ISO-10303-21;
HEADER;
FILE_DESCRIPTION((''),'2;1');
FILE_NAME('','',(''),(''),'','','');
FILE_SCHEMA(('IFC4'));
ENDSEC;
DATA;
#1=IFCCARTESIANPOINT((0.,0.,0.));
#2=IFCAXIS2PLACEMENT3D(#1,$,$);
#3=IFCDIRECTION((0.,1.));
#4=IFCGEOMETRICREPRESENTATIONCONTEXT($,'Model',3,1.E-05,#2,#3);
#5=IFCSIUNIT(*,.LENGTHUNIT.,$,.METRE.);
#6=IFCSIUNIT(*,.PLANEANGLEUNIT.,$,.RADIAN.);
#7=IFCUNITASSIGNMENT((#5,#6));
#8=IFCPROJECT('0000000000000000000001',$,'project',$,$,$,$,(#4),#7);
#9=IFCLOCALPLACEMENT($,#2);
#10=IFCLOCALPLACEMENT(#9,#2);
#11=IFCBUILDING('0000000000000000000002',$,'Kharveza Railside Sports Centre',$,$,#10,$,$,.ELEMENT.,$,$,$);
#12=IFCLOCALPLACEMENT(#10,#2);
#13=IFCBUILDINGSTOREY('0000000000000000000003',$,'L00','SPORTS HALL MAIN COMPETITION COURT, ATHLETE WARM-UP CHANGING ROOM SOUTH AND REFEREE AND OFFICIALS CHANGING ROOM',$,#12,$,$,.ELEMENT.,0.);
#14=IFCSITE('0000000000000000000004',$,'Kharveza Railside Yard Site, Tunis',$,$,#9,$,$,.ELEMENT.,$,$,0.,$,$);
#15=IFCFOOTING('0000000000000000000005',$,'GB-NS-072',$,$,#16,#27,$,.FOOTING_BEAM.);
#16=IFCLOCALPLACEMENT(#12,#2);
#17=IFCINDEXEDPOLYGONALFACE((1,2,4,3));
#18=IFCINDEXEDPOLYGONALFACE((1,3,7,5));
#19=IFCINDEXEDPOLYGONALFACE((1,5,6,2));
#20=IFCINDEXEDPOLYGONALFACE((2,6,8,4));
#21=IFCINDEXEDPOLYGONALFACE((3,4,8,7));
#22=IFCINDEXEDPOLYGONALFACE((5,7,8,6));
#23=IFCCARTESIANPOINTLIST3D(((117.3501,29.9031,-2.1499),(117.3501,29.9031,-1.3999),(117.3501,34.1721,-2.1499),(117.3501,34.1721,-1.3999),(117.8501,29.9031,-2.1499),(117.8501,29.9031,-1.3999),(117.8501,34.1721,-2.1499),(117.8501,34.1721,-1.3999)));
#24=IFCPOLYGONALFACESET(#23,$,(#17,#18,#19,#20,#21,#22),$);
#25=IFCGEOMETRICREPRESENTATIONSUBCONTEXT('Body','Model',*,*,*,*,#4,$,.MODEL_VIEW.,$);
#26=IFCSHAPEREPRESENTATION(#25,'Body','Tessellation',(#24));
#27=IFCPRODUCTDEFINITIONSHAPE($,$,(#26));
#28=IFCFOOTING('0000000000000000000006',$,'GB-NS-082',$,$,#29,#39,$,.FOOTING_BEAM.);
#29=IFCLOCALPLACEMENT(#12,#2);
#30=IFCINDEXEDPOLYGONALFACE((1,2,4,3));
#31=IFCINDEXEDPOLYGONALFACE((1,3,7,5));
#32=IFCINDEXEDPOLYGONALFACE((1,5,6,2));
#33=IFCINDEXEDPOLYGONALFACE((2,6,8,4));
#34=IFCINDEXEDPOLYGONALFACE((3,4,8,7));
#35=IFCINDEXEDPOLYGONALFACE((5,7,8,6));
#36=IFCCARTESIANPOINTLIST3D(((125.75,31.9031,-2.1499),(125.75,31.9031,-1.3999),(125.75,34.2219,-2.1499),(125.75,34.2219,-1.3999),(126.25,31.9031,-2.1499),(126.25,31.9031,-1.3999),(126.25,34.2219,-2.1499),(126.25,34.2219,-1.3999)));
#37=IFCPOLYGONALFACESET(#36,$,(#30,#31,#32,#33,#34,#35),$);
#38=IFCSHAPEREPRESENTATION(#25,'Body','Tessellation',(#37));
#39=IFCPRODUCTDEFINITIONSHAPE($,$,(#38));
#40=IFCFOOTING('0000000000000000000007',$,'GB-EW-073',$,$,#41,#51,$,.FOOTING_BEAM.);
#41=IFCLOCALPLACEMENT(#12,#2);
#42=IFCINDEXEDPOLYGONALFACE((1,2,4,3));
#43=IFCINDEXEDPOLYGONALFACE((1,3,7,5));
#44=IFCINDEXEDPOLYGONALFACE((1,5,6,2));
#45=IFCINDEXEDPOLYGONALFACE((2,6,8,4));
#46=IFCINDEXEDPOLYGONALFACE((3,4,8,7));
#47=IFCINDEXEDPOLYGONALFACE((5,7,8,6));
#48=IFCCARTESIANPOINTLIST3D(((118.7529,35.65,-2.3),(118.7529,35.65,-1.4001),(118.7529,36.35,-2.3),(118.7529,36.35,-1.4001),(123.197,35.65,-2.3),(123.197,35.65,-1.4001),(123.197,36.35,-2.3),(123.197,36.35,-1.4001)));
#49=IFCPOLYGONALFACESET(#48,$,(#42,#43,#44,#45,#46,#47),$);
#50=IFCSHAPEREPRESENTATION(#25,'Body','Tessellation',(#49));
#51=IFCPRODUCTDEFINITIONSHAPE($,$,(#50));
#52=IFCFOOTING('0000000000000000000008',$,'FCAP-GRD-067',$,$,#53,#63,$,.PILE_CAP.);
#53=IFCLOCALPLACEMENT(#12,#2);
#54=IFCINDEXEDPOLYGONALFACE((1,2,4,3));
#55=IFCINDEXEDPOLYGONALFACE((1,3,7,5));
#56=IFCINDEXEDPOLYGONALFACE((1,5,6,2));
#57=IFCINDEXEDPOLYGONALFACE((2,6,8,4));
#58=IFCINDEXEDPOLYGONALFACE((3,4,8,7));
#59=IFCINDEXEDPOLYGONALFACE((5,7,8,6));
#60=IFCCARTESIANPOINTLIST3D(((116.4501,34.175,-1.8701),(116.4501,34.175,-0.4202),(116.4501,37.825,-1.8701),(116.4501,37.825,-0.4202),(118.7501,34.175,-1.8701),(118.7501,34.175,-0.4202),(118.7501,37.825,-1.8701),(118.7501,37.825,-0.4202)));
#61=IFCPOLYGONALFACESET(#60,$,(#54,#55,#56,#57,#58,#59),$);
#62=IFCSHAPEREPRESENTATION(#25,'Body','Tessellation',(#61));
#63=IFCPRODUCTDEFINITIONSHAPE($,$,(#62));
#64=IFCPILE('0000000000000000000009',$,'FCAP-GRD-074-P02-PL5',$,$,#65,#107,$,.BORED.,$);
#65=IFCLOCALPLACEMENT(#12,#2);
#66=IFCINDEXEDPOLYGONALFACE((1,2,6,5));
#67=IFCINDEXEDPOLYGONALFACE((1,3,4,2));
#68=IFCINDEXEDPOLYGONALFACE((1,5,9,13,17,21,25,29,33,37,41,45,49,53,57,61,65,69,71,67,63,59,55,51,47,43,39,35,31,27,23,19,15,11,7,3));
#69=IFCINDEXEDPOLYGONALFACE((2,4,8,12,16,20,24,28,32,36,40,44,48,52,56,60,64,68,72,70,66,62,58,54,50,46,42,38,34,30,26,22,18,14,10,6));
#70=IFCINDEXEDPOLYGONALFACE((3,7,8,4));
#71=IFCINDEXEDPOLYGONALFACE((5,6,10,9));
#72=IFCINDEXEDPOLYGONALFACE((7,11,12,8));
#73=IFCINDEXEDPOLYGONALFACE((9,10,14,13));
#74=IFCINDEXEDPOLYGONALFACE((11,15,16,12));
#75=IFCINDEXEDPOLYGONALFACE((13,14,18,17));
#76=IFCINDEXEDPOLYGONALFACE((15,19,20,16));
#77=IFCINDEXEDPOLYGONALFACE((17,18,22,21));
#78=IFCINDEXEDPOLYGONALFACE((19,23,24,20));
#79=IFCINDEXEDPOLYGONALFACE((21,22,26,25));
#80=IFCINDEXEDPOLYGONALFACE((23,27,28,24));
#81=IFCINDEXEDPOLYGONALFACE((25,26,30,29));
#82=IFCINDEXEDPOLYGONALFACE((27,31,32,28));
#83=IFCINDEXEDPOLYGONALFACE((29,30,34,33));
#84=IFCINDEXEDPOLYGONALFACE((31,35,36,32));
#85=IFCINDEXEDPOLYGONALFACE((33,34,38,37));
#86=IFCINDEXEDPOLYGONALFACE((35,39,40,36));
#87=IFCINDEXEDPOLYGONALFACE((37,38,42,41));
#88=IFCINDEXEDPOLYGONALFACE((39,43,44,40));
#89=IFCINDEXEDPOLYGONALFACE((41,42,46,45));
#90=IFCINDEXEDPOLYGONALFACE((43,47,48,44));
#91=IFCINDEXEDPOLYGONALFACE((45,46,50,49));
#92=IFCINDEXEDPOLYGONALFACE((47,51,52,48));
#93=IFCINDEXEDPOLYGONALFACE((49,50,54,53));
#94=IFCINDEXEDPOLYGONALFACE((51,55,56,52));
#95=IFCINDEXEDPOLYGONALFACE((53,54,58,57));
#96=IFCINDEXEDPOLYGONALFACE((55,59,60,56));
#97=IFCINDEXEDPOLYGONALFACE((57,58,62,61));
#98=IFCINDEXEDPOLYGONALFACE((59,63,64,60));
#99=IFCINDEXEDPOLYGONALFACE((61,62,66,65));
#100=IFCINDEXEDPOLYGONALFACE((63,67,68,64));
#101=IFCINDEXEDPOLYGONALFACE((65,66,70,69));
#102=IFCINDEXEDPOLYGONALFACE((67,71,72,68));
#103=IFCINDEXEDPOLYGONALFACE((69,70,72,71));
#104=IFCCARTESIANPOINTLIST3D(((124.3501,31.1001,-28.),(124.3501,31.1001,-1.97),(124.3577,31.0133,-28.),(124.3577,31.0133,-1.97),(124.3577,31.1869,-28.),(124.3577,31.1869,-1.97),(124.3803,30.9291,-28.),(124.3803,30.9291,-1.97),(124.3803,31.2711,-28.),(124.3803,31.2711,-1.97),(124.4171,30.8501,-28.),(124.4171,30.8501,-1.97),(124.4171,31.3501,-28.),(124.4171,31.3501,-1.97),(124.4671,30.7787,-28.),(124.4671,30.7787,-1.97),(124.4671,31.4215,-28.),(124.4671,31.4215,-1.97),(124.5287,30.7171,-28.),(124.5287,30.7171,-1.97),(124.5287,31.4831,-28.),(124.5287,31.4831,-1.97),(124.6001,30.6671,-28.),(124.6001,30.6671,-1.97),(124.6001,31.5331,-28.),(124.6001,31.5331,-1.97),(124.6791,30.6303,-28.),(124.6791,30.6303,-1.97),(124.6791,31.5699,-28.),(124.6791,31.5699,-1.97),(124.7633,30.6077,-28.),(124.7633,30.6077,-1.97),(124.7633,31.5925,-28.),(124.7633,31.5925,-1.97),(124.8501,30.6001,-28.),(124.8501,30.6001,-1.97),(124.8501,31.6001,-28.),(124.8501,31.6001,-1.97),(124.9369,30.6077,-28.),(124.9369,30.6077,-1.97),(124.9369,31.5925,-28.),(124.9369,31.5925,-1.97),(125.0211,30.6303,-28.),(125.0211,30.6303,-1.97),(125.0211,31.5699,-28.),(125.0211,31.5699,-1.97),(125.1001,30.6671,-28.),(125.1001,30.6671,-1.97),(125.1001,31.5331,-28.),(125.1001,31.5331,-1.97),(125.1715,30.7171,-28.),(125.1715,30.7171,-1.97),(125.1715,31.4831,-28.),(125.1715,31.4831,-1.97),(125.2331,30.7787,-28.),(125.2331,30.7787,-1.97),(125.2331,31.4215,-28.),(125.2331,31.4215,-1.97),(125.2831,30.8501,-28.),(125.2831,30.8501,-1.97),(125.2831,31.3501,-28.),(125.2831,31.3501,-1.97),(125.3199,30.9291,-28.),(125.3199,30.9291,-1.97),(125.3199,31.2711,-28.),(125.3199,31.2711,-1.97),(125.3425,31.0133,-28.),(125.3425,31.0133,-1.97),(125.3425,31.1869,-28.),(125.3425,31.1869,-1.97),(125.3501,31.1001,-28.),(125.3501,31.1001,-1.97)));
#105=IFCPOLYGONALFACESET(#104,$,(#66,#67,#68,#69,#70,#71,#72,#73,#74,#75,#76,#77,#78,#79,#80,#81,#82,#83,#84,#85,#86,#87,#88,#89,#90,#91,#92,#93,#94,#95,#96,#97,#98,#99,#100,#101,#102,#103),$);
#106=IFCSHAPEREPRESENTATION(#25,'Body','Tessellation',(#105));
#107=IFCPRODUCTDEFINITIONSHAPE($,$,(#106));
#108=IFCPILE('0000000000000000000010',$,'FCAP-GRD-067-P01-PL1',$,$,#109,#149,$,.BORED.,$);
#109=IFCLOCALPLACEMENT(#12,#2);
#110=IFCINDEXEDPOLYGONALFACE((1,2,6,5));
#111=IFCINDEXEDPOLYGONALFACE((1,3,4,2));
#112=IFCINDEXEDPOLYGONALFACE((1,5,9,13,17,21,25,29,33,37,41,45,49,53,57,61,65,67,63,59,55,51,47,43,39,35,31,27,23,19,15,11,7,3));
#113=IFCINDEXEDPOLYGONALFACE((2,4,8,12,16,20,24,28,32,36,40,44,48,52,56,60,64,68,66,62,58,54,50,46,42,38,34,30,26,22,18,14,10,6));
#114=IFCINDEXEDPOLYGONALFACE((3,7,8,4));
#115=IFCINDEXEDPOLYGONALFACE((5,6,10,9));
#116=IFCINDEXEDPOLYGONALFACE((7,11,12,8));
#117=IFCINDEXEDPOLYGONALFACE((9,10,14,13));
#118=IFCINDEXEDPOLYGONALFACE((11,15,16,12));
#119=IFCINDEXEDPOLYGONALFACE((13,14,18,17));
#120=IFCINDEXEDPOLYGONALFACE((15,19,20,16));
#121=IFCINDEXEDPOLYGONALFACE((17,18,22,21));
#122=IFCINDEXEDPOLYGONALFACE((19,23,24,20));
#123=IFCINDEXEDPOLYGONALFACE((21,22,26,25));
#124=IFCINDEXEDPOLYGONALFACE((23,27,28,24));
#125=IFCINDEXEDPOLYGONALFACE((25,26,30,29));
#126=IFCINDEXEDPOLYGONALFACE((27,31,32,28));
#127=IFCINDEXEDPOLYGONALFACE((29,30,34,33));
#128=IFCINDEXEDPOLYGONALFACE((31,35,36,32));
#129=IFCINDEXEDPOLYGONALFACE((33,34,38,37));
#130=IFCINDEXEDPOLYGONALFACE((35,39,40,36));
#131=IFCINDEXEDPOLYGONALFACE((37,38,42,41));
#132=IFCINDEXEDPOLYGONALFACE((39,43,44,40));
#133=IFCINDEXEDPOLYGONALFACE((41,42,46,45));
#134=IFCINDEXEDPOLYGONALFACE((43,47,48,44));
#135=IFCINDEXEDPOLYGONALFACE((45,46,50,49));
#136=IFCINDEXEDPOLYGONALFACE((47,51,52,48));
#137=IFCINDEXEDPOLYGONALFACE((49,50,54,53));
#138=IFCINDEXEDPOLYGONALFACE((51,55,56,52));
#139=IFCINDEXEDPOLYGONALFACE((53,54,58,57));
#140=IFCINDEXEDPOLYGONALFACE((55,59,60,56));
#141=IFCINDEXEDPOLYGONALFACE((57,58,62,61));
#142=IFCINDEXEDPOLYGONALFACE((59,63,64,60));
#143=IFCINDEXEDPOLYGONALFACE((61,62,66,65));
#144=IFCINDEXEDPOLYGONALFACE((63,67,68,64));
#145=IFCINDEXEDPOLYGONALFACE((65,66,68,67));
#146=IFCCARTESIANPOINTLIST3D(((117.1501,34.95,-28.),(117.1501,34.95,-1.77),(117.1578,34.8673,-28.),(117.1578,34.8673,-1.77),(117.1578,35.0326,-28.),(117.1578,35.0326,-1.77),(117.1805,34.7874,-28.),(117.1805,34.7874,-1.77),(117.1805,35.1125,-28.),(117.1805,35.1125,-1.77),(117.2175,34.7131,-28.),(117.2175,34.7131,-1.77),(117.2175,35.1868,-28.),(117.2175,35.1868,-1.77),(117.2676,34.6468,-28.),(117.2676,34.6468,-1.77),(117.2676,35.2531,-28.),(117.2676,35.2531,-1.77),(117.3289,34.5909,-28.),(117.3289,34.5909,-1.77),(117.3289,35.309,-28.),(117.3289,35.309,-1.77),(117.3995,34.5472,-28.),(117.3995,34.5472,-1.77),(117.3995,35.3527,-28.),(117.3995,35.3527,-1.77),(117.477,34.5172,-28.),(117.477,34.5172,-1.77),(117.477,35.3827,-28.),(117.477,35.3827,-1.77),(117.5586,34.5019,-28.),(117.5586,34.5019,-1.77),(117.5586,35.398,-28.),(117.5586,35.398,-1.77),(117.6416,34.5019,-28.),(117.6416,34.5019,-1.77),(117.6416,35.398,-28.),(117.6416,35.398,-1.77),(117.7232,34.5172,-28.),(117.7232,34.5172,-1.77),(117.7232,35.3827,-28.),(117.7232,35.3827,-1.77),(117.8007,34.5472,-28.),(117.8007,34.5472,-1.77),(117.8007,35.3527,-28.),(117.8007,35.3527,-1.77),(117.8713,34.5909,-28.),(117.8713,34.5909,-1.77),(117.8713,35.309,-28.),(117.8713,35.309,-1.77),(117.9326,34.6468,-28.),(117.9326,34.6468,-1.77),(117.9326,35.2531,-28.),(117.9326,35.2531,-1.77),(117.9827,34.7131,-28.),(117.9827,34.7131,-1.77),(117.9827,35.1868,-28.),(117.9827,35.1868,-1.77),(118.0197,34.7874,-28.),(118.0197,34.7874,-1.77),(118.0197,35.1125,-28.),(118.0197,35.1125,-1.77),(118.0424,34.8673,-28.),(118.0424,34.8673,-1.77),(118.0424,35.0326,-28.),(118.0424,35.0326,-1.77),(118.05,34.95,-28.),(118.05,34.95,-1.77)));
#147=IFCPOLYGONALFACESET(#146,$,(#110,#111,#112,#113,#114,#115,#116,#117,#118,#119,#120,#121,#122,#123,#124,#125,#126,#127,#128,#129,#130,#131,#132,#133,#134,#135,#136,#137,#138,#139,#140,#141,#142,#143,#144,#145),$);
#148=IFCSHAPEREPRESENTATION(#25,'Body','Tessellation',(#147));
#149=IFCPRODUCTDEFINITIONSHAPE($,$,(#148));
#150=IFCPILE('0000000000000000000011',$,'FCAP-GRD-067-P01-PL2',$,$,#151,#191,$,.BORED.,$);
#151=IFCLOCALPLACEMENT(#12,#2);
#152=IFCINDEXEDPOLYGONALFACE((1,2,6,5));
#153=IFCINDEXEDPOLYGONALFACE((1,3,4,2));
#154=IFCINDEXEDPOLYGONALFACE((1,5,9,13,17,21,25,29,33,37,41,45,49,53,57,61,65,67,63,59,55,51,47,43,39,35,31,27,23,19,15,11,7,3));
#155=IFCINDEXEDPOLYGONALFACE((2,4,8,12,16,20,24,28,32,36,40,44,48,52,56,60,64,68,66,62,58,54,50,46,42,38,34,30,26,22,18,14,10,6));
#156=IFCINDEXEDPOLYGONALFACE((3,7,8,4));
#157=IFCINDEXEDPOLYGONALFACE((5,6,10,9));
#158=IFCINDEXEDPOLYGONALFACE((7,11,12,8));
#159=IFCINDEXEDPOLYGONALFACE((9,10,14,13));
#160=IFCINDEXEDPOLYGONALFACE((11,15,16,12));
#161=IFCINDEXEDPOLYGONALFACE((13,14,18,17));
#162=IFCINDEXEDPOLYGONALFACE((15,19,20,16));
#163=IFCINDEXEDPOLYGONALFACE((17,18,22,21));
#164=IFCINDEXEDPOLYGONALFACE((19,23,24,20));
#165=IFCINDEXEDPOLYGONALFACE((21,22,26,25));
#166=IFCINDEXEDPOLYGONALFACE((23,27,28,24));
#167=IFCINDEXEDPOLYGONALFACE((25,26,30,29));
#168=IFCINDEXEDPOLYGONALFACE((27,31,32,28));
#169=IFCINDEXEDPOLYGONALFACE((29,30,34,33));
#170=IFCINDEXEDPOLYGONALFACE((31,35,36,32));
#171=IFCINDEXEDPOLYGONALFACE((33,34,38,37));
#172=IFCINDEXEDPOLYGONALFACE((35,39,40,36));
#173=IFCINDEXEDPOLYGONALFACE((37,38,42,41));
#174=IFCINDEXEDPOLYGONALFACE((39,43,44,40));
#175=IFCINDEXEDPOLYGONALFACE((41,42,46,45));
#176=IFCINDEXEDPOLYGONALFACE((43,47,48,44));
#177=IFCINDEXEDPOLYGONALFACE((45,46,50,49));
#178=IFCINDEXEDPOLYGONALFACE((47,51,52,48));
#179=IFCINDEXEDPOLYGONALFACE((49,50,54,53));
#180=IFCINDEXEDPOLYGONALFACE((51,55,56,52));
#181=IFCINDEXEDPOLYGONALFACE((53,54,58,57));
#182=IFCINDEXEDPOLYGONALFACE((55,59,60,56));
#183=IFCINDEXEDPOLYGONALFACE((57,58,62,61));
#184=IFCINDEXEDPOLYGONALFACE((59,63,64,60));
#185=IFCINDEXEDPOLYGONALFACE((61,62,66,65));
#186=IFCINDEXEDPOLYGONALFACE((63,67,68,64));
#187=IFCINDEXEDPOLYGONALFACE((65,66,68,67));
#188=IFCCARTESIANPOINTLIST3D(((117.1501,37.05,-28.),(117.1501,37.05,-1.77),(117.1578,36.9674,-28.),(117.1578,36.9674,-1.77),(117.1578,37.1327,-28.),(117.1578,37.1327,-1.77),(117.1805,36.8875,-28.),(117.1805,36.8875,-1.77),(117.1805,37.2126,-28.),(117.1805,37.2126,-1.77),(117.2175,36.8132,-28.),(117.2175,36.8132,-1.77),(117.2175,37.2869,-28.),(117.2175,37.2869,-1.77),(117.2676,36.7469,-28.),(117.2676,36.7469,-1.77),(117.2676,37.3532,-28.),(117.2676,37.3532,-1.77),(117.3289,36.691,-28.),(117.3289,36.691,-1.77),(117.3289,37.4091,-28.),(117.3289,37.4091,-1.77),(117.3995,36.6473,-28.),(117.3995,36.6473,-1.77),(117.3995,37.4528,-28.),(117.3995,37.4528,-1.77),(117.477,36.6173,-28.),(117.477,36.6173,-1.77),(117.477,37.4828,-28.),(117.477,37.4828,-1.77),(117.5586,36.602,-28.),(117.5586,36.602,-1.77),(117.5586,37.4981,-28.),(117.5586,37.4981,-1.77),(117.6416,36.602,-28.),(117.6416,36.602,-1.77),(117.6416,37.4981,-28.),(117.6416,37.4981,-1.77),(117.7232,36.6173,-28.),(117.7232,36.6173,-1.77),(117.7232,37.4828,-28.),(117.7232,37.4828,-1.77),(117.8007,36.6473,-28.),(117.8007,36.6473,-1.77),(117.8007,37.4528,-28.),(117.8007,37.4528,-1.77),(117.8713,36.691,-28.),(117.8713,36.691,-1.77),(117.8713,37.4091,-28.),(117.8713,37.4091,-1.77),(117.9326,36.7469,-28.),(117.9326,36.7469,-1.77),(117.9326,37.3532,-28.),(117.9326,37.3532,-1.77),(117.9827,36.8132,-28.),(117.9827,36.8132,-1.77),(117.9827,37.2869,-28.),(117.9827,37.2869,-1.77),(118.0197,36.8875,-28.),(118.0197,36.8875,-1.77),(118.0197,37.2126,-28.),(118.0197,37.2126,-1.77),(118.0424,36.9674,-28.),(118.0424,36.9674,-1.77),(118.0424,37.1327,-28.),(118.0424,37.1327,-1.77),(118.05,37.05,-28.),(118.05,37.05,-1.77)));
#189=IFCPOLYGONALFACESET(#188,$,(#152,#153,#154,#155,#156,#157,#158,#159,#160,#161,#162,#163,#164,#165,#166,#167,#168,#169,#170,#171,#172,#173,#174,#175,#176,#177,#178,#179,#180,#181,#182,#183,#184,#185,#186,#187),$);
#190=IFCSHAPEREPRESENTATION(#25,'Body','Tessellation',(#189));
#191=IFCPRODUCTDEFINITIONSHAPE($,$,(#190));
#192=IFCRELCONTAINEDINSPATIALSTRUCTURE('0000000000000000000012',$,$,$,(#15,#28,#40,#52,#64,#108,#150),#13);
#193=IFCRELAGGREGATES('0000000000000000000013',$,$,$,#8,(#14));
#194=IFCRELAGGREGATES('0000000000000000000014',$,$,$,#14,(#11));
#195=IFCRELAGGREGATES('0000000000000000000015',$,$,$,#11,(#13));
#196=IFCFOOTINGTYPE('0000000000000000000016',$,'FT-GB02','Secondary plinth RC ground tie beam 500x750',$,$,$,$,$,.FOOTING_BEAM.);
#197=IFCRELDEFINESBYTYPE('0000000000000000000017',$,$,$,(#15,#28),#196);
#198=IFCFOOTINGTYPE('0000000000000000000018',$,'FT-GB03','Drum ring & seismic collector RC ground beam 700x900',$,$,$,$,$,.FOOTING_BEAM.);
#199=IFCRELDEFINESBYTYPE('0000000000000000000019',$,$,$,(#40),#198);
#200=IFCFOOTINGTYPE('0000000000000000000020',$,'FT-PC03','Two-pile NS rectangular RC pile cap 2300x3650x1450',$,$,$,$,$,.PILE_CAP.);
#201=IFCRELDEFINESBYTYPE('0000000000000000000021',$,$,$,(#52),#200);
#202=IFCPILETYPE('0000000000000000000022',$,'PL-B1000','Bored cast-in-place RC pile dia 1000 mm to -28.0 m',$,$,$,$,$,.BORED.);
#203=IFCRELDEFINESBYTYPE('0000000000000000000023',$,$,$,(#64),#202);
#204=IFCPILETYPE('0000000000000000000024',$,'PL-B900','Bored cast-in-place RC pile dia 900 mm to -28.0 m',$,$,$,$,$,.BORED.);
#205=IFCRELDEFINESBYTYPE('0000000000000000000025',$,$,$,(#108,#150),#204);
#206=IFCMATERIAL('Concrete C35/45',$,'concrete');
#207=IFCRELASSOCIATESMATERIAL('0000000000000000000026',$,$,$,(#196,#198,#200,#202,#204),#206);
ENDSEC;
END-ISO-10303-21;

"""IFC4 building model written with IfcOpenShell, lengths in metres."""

from ifc_helpers import new_model, si_unit, direction, frame, origin, origin_2d, place, context, subcontext, project, spatial, rectangle, circle, extrude, material, material_profile, profile_set, type_object, element, save


model = new_model("IFC4")

# Units and contexts
model_context = context("Model", 3, precision=1e-05, world=origin(), true_north=direction((0.0, 1.0)))
body_context = subcontext(model_context, "Body", "Model", "MODEL_VIEW")
ifc_project = project(units=[si_unit("LENGTHUNIT", "METRE"), si_unit("PLANEANGLEUNIT", "RADIAN")], contexts=[model_context])

# Site, building, storey
site_placement = place(None, origin())
site = spatial("IfcSite", under=ifc_project, at=site_placement, Name="Kharveza Railside Yard Site, Tunis", CompositionType="ELEMENT", RefElevation=0.0)
building_placement = place(site_placement, origin())
building = spatial("IfcBuilding", under=site, at=building_placement, Name="Kharveza Railside Sports Centre", CompositionType="ELEMENT")
storey_placement = place(building_placement, origin())
storey = spatial("IfcBuildingStorey", under=building, at=storey_placement, Name="L00", Description="SPORTS HALL MAIN COMPETITION COURT, ATHLETE WARM-UP CHANGING ROOM SOUTH AND REFEREE AND OFFICIALS CHANGING ROOM", CompositionType="ELEMENT", Elevation=0.0)

# Footings
ifc_material_1 = material(Name="Concrete C35/45", Category="concrete")
ifc_material_profile_1 = material_profile(ifc_material_1, rectangle(XDim=0.5, YDim=0.75, at=origin_2d()), Name="GB 500x750")
ifc_profile_set_1 = profile_set([ifc_material_profile_1], Name="Concrete C35/45")
footing_type_1 = type_object("IfcFootingType", Name="FT-GB02", Description="Secondary plinth RC ground tie beam 500x750", PredefinedType="FOOTING_BEAM", material=ifc_profile_set_1)
footing_1_placement = place(storey_placement, frame((117.6001, 29.9031, -1.7749), z_axis=(0.0, 1.0, 0.0), x_axis=(-1.0, 0.0, 0.0)))
element("IfcFooting", 1, at=footing_1_placement, inside=storey, type_object=footing_type_1, Name="GB-NS-072", PredefinedType="FOOTING_BEAM", context=body_context, shape_type="SweptSolid", body=[
    extrude(rectangle(XDim=0.5, YDim=0.75, at=origin_2d()), origin(), (0.0, 0.0, 1.0), 4.269),
])
footing_2_placement = place(storey_placement, frame((126.0, 31.9031, -1.7749), z_axis=(0.0, 1.0, 0.0), x_axis=(-1.0, 0.0, 0.0)))
element("IfcFooting", 2, at=footing_2_placement, inside=storey, type_object=footing_type_1, Name="GB-NS-082", PredefinedType="FOOTING_BEAM", context=body_context, shape_type="SweptSolid", body=[
    extrude(rectangle(XDim=0.5, YDim=0.75, at=origin_2d()), origin(), (0.0, 0.0, 1.0), 2.3188),
])
ifc_material_profile_2 = material_profile(ifc_material_1, rectangle(XDim=0.7, YDim=0.8999, at=origin_2d()), Name="GB 700x900")
ifc_profile_set_2 = profile_set([ifc_material_profile_2], Name="Concrete C35/45")
footing_type_2 = type_object("IfcFootingType", Name="FT-GB03", Description="Drum ring & seismic collector RC ground beam 700x900", PredefinedType="FOOTING_BEAM", material=ifc_profile_set_2)
footing_3_placement = place(storey_placement, frame((118.7529, 36.0, -1.8501), z_axis=(1.0, 0.0, 0.0), x_axis=(0.0, 1.0, 0.0)))
element("IfcFooting", 3, at=footing_3_placement, inside=storey, type_object=footing_type_2, Name="GB-EW-073", PredefinedType="FOOTING_BEAM", context=body_context, shape_type="SweptSolid", body=[
    extrude(rectangle(XDim=0.7, YDim=0.8999, at=origin_2d()), origin(), (0.0, 0.0, 1.0), 4.4441),
])
footing_type_3 = type_object("IfcFootingType", Name="FT-PC03", Description="Two-pile NS rectangular RC pile cap 2300x3650x1450", PredefinedType="PILE_CAP", material=ifc_material_1)
footing_4_placement = place(storey_placement, frame((117.6001, 36.0, -1.8701), z_axis=(0.0, 0.0, 1.0), x_axis=(1.0, 0.0, 0.0)))
element("IfcFooting", 4, at=footing_4_placement, inside=storey, type_object=footing_type_3, Name="FCAP-GRD-067", PredefinedType="PILE_CAP", context=body_context, shape_type="SweptSolid", body=[
    extrude(rectangle(XDim=2.3, YDim=3.6499, at=origin_2d()), origin(), (0.0, 0.0, 1.0), 1.45),
])

# Piles
ifc_material_profile_3 = material_profile(ifc_material_1, circle(Radius=0.5, at=origin_2d()), Name="PILE D1000")
ifc_profile_set_3 = profile_set([ifc_material_profile_3], Name="Concrete C35/45")
pile_type_1 = type_object("IfcPileType", Name="PL-B1000", Description="Bored cast-in-place RC pile dia 1000 mm to -28.0 m", PredefinedType="BORED", material=ifc_profile_set_3)
pile_placement = place(storey_placement, frame((124.8501, 31.1001, -1.97), z_axis=(0.0, 0.0, -1.0), x_axis=(1.0, 0.0, 0.0)))
element("IfcPile", 5, at=pile_placement, inside=storey, type_object=pile_type_1, Name="FCAP-GRD-074-P02-PL5", PredefinedType="BORED", context=body_context, shape_type="SweptSolid", body=[
    extrude(circle(Radius=0.5, at=origin_2d()), origin(), (0.0, 0.0, 1.0), 26.03),
])
ifc_material_profile_4 = material_profile(ifc_material_1, circle(Radius=0.45, at=origin_2d()), Name="PILE D900")
ifc_profile_set_4 = profile_set([ifc_material_profile_4], Name="Concrete C35/45")
pile_type_2 = type_object("IfcPileType", Name="PL-B900", Description="Bored cast-in-place RC pile dia 900 mm to -28.0 m", PredefinedType="BORED", material=ifc_profile_set_4)
for number, where, z_axis, x_axis, name in (
    (6, (117.6001, 34.95, -1.77), (0.0, 0.0, -1.0), (1.0, 0.0, 0.0), "FCAP-GRD-067-P01-PL1"),
    (7, (117.6001, 37.05, -1.77), (0.0, 0.0, -1.0), (1.0, 0.0, 0.0), "FCAP-GRD-067-P01-PL2"),
):
    element("IfcPile", number, at=place(storey_placement, frame(where, z_axis=z_axis, x_axis=x_axis)), inside=storey, type_object=pile_type_2, Name=name, PredefinedType="BORED", context=body_context, shape_type="SweptSolid", body=[
        extrude(circle(Radius=0.45, at=origin_2d()), origin(), (0.0, 0.0, 1.0), 26.23),
    ])

save(model, "model.ifc")
